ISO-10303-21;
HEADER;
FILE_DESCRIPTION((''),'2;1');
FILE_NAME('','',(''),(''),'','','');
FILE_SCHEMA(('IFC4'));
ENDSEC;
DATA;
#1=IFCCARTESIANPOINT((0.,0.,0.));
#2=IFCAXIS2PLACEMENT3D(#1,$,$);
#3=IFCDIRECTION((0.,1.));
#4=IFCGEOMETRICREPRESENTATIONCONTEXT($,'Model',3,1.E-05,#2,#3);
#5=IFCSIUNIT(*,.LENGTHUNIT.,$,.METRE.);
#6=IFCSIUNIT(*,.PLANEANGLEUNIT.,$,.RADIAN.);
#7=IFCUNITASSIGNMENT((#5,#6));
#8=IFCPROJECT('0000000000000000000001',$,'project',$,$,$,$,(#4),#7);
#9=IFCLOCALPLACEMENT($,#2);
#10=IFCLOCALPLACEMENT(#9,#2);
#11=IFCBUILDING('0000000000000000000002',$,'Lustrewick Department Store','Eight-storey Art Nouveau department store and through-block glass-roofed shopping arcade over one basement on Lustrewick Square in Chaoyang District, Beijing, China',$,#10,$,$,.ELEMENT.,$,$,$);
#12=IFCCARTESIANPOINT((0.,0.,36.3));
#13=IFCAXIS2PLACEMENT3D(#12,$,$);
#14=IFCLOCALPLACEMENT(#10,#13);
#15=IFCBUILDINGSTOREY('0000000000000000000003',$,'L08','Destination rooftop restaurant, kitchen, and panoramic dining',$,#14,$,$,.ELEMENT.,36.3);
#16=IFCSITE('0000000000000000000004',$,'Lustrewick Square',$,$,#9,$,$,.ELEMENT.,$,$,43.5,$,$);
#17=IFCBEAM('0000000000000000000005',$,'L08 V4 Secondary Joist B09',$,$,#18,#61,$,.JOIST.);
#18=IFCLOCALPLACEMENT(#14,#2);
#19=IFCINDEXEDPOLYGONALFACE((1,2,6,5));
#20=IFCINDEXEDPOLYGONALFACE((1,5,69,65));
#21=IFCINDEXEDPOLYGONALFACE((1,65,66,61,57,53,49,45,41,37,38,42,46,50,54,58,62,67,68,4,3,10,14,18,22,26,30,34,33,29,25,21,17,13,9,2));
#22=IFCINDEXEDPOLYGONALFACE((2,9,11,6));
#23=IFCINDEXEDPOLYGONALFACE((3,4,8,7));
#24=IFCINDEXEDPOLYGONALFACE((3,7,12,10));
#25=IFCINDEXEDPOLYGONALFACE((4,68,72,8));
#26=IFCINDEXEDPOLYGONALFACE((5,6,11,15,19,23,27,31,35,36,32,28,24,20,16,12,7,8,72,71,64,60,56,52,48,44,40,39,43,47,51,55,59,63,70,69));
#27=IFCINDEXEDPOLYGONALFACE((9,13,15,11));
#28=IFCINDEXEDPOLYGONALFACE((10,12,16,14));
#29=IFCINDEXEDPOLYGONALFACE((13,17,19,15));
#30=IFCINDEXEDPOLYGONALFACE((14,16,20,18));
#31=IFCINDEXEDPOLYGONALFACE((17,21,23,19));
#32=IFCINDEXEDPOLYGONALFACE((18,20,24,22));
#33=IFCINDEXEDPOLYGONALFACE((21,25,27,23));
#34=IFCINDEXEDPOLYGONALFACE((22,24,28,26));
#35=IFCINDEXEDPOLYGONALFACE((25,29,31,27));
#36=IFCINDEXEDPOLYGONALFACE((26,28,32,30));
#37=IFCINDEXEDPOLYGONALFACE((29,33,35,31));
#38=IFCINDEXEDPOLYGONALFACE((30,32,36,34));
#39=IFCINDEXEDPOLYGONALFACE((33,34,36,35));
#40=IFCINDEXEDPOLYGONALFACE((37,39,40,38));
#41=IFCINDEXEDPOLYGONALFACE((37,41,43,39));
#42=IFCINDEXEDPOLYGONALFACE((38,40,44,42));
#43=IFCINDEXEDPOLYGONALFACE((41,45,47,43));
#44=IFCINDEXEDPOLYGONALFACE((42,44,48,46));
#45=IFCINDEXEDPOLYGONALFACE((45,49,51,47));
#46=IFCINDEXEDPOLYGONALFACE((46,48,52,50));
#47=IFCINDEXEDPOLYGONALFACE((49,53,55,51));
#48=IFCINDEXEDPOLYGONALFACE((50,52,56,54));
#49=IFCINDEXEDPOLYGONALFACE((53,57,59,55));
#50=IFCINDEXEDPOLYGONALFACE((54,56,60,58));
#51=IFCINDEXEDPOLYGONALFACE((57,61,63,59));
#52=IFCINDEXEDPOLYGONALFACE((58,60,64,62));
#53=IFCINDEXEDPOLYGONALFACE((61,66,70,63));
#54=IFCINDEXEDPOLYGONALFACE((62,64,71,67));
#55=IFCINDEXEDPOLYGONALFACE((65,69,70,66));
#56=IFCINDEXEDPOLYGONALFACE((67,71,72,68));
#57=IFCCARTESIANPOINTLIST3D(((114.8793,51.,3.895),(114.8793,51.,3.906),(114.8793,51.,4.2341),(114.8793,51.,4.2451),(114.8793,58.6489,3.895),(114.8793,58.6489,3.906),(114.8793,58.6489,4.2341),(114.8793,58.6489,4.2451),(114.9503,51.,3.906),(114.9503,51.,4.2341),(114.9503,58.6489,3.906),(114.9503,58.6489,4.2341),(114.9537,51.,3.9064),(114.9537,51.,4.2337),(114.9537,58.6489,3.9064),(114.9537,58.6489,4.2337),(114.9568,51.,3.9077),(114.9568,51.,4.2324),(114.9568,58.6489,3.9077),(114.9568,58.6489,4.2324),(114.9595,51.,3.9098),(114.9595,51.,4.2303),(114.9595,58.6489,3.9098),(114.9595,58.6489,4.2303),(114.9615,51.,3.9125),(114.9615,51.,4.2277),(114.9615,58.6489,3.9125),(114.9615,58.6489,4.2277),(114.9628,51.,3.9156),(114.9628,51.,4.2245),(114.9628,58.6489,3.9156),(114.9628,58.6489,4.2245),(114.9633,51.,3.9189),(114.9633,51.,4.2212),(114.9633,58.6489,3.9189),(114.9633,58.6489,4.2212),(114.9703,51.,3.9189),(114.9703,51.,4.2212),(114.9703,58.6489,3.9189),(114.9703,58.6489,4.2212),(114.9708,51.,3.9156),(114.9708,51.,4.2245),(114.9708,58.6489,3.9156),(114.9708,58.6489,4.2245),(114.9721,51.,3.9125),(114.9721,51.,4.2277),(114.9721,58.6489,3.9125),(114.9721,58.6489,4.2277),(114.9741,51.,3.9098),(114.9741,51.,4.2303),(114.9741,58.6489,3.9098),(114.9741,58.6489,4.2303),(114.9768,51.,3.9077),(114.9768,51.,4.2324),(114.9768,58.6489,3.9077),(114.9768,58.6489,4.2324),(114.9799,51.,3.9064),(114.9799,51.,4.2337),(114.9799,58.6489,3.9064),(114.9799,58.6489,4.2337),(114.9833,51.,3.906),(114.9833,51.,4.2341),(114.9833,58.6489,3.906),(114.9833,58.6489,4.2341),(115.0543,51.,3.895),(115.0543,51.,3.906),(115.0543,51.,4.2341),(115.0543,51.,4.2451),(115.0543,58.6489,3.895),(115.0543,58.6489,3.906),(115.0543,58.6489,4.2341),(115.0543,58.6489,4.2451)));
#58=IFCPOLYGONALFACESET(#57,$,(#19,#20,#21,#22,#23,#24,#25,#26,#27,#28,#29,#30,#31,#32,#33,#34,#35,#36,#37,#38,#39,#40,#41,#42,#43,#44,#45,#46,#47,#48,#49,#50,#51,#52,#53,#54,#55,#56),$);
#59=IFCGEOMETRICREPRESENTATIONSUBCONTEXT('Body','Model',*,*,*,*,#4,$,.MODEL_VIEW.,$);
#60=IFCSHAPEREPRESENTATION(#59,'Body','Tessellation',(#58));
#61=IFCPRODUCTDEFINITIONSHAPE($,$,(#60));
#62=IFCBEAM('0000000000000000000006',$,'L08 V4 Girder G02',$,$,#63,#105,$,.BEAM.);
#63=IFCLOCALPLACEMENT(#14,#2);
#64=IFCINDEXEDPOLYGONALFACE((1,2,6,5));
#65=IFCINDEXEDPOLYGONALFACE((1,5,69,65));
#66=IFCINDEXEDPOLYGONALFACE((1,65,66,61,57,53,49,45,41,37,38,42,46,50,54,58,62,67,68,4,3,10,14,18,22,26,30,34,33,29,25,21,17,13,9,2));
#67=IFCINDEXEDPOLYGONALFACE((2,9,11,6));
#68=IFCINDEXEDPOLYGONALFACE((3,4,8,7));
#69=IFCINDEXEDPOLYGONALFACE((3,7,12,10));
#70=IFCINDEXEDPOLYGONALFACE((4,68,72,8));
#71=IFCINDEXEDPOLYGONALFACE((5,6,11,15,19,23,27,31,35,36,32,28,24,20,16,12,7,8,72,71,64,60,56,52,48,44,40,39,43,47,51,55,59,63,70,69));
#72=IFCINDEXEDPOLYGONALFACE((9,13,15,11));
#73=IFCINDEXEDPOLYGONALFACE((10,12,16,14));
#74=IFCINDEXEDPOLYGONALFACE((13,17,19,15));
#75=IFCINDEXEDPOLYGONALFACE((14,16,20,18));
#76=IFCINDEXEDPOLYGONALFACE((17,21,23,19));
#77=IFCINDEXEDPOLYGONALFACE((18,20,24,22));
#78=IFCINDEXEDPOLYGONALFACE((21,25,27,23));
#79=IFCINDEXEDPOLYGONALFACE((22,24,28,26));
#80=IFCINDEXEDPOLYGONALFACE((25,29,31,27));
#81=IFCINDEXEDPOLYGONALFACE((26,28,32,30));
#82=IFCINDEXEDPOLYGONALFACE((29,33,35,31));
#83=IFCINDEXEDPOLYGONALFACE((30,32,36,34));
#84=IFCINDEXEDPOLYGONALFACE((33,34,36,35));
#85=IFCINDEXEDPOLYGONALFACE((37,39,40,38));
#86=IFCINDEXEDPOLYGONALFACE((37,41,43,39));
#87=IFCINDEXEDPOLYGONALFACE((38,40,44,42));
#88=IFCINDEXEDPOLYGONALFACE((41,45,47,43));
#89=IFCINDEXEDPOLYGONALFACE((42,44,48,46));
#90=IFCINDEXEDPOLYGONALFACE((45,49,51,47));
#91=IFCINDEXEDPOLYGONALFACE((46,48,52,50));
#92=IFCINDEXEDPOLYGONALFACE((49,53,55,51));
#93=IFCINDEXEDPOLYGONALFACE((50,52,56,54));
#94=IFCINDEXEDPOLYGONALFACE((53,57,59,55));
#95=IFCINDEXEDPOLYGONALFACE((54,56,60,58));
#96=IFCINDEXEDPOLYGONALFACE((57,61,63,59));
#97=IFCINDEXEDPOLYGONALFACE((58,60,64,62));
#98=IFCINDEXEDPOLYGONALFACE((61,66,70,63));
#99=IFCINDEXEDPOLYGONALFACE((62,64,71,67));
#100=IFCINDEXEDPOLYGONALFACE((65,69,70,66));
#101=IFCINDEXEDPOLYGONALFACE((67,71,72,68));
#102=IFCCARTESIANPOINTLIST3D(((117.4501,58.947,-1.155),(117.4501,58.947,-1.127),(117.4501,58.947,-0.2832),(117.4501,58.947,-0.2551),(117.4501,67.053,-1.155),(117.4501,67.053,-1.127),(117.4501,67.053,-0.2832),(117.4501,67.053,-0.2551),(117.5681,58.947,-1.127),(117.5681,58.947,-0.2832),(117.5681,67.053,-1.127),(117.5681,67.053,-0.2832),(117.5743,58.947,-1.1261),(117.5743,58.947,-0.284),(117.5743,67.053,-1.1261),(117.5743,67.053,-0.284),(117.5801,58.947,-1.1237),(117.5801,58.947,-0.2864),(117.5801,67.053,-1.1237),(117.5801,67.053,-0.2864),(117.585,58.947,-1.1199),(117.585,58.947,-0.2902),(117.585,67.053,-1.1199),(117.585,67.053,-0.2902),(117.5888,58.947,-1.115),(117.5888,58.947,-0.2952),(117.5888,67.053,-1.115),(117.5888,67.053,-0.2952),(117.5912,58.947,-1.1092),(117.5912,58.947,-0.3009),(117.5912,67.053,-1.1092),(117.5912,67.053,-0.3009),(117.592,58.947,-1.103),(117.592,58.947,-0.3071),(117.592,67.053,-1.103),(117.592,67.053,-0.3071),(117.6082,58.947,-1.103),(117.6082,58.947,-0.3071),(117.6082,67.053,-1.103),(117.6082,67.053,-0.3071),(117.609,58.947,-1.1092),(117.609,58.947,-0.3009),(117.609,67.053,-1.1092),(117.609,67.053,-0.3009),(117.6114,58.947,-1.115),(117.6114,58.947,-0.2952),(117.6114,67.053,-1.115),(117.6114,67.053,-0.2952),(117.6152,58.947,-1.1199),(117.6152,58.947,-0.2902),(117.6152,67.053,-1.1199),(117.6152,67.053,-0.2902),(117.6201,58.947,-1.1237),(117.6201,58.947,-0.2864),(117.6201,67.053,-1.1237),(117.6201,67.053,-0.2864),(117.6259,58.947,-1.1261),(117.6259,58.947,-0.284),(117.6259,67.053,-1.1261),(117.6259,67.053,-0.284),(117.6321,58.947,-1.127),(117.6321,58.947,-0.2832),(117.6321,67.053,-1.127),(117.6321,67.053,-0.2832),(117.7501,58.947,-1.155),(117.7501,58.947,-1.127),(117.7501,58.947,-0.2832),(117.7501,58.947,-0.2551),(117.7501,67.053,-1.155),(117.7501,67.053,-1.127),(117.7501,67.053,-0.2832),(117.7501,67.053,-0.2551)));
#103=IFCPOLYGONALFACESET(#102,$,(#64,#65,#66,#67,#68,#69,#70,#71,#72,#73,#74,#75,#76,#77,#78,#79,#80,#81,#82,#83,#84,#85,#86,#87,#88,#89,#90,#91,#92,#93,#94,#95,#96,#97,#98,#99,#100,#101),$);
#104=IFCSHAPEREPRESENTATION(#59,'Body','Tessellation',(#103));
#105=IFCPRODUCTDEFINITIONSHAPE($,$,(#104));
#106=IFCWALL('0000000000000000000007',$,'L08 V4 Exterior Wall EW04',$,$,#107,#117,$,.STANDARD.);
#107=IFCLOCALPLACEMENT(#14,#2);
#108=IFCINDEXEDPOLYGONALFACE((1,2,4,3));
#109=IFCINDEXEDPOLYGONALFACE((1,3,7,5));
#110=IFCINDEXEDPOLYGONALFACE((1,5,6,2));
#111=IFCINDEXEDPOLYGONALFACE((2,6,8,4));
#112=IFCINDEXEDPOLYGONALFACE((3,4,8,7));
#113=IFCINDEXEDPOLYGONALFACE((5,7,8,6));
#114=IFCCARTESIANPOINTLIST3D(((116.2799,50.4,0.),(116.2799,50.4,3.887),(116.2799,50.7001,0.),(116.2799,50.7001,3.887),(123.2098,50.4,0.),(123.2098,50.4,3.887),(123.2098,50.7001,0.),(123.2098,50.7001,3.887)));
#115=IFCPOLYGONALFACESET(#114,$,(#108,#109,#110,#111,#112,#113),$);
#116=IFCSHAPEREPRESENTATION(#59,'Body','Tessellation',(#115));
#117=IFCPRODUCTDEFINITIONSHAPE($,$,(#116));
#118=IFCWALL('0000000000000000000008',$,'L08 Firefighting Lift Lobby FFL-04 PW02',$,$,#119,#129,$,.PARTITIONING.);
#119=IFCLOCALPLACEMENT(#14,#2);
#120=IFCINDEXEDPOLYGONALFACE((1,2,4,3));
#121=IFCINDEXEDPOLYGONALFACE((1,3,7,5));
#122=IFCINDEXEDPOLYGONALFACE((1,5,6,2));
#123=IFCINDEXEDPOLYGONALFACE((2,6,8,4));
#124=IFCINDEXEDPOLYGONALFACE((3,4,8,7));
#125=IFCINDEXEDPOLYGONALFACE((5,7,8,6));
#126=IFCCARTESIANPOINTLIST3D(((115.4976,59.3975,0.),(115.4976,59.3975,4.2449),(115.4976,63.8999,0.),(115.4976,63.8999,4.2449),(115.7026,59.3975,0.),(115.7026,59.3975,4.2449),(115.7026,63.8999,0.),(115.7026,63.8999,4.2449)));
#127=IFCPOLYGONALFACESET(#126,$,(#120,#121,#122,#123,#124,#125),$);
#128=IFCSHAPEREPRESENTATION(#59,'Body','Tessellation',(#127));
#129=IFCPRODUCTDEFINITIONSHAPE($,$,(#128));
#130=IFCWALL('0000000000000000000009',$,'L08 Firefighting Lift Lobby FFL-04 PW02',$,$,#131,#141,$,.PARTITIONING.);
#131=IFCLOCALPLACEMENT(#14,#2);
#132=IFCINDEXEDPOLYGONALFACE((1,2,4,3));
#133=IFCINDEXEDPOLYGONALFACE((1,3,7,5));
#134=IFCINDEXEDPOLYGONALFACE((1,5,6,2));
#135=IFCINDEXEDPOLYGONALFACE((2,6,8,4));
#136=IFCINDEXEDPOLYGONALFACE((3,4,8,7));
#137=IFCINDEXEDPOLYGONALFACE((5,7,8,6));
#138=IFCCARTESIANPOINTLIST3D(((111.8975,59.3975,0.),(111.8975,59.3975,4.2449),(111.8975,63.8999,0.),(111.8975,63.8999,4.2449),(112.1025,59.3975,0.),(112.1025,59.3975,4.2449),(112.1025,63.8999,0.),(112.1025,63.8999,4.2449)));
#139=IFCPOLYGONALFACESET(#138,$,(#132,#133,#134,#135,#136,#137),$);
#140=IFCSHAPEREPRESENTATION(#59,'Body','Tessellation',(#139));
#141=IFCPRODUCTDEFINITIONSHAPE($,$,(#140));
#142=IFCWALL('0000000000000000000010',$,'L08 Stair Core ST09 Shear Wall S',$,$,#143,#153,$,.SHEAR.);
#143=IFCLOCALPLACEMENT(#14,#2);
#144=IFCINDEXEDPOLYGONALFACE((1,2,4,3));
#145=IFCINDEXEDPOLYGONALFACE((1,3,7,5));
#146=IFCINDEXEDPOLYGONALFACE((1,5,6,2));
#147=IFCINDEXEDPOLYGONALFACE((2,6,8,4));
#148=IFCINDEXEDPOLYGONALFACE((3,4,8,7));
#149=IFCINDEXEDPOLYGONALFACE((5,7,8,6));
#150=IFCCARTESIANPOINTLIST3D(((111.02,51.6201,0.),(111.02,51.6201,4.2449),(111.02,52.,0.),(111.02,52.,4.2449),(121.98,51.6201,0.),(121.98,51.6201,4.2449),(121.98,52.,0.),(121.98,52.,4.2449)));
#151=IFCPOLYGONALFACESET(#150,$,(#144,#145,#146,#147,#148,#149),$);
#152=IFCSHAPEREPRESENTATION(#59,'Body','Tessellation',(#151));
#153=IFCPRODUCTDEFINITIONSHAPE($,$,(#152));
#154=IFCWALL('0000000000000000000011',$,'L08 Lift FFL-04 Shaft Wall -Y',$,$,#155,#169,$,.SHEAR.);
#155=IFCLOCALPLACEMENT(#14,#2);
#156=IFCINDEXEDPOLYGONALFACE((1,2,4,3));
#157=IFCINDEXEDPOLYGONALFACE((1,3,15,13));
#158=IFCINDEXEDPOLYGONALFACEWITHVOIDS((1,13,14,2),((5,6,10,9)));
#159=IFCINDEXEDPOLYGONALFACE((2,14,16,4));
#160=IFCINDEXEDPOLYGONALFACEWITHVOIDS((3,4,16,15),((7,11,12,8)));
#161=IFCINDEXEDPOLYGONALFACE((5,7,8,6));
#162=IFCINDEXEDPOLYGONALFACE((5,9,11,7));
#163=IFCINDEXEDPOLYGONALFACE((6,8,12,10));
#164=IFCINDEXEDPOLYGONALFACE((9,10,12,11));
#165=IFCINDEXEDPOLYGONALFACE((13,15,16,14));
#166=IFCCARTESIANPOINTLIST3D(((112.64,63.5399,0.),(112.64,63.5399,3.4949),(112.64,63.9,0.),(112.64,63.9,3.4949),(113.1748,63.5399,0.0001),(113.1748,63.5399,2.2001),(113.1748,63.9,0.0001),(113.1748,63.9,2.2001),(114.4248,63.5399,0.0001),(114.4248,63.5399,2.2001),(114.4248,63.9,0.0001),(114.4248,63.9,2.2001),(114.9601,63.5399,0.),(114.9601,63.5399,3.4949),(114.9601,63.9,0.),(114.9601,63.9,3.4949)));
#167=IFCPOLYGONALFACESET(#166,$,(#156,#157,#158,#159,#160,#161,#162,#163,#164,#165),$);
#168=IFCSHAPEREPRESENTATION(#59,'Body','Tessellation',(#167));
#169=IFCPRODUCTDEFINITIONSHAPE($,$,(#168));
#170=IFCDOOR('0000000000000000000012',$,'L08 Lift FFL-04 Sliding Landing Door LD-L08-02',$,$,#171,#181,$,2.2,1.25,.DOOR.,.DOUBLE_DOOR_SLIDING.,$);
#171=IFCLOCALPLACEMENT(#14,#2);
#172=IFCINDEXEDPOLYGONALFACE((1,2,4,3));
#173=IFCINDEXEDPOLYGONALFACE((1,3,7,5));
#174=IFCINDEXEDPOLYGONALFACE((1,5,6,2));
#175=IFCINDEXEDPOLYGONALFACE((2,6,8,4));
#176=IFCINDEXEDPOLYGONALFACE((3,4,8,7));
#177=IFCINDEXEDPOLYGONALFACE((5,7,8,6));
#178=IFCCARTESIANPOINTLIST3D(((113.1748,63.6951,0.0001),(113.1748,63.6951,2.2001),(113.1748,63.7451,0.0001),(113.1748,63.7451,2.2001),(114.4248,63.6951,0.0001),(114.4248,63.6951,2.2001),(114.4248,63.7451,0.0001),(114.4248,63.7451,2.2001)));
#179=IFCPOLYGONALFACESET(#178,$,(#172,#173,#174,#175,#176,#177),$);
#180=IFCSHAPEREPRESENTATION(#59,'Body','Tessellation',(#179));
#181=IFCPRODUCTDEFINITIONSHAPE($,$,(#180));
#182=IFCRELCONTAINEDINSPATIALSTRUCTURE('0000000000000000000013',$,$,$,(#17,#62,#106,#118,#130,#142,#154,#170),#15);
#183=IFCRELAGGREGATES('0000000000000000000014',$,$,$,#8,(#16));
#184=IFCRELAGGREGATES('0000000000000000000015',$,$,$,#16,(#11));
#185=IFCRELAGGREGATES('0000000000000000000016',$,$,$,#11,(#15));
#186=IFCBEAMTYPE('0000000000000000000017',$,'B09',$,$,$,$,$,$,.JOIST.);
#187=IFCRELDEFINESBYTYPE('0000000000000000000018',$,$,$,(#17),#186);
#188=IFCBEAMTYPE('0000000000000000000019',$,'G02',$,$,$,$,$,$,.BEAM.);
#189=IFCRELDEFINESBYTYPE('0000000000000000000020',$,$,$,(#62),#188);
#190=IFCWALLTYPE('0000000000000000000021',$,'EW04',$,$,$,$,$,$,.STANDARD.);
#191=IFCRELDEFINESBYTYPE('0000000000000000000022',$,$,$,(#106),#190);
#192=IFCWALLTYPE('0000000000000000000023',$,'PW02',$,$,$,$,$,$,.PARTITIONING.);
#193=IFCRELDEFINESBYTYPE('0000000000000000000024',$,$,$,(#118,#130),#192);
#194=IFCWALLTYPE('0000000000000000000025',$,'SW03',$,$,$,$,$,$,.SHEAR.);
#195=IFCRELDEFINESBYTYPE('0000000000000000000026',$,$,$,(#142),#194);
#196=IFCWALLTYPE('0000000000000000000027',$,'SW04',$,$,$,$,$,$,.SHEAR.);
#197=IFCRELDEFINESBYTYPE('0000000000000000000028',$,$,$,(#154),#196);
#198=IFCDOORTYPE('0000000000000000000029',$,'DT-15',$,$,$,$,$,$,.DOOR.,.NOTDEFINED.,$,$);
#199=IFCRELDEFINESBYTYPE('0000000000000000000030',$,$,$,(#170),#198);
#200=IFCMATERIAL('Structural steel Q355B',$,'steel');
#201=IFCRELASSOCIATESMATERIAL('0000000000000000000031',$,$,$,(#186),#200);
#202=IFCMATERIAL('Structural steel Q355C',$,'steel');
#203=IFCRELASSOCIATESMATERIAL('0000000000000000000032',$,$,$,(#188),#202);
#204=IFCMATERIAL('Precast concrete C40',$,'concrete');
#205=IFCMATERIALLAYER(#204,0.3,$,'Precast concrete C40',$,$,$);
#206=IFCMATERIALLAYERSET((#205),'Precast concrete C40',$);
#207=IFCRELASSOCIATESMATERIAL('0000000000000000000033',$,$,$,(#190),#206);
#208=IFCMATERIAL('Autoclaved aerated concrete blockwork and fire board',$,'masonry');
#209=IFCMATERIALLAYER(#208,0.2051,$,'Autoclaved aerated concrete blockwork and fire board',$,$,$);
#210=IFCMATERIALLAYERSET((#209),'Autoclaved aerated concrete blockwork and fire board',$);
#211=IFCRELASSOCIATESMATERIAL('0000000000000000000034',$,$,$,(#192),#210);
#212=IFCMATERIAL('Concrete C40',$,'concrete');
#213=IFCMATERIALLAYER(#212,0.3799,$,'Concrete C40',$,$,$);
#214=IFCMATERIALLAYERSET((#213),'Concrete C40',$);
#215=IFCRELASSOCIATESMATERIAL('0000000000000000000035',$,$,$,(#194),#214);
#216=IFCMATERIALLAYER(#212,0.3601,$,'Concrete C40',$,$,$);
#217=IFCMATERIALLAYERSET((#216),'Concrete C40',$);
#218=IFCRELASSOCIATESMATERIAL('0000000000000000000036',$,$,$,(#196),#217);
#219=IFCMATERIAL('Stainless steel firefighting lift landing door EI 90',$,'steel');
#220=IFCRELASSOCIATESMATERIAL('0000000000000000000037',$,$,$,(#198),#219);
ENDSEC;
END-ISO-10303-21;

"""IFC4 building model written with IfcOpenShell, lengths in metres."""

from ifc_helpers import new_model, si_unit, direction, frame, frame_2d, origin, origin_2d, place, context, subcontext, project, spatial, rectangle, i_section, extrude, material, layer, layer_set, material_profile, profile_set, type_object, element, fill, save


model = new_model("IFC4")

# Units and contexts
model_context = context("Model", 3, precision=1e-05, world=origin(), true_north=direction((0.0, 1.0)))
body_context = subcontext(model_context, "Body", "Model", "MODEL_VIEW")
ifc_project = project(units=[si_unit("LENGTHUNIT", "METRE"), si_unit("PLANEANGLEUNIT", "RADIAN")], contexts=[model_context])

# Site, building, storey
site_placement = place(None, origin())
site = spatial("IfcSite", under=ifc_project, at=site_placement, Name="Lustrewick Square", CompositionType="ELEMENT", RefElevation=43.5)
building_placement = place(site_placement, origin())
building = spatial("IfcBuilding", under=site, at=building_placement, Name="Lustrewick Department Store", Description="Eight-storey Art Nouveau department store and through-block glass-roofed shopping arcade over one basement on Lustrewick Square in Chaoyang District, Beijing, China", CompositionType="ELEMENT")
storey_placement = place(building_placement, frame((0.0, 0.0, 36.3)))
storey = spatial("IfcBuildingStorey", under=building, at=storey_placement, Name="L08", Description="Destination rooftop restaurant, kitchen, and panoramic dining", CompositionType="ELEMENT", Elevation=36.3)

# Shared definitions
ifc_material_1 = material(Name="Structural steel Q355B", Category="steel")

# Beams
ifc_material_profile_1 = material_profile(ifc_material_1, i_section(OverallWidth=0.175, OverallDepth=0.3501, WebThickness=0.0071, FlangeThickness=0.011, FilletRadius=0.0129, at=origin_2d()), Name="HN 350x175x7x11")
ifc_profile_set_1 = profile_set([ifc_material_profile_1], Name="Structural steel Q355B")
beam_type_1 = type_object("IfcBeamType", Name="B09", PredefinedType="JOIST", material=ifc_profile_set_1)
beam_1_placement = place(storey_placement, frame((114.9668, 51.0, 4.0701), z_axis=(0.0, 1.0, 0.0), x_axis=(-1.0, 0.0, 0.0)))
element("IfcBeam", 1, at=beam_1_placement, inside=storey, type_object=beam_type_1, Name="L08 V4 Secondary Joist B09", PredefinedType="JOIST", context=body_context, shape_type="SweptSolid", body=[
    extrude(i_section(OverallWidth=0.175, OverallDepth=0.3501, WebThickness=0.0071, FlangeThickness=0.011, FilletRadius=0.0129, at=origin_2d()), origin(), (0.0, 0.0, 1.0), 7.6489),
])
ifc_material_2 = material(Name="Structural steel Q355C", Category="steel")
ifc_material_profile_2 = material_profile(ifc_material_2, i_section(OverallWidth=0.3, OverallDepth=0.8999, WebThickness=0.0161, FlangeThickness=0.0281, FilletRadius=0.0239, at=origin_2d()), Name="HN 900x300x16x28")
ifc_profile_set_2 = profile_set([ifc_material_profile_2], Name="Structural steel Q355C")
beam_type_2 = type_object("IfcBeamType", Name="G02", PredefinedType="BEAM", material=ifc_profile_set_2)
beam_2_placement = place(storey_placement, frame((117.6001, 58.947, -0.7051), z_axis=(0.0, 1.0, 0.0), x_axis=(-1.0, 0.0, 0.0)))
element("IfcBeam", 2, at=beam_2_placement, inside=storey, type_object=beam_type_2, Name="L08 V4 Girder G02", PredefinedType="BEAM", context=body_context, shape_type="SweptSolid", body=[
    extrude(i_section(OverallWidth=0.3, OverallDepth=0.8999, WebThickness=0.0161, FlangeThickness=0.0281, FilletRadius=0.0239, at=origin_2d()), origin(), (0.0, 0.0, 1.0), 8.106),
])

# Wall
ifc_material_3 = material(Name="Precast concrete C40", Category="concrete")
ifc_layer_1 = layer(ifc_material_3, 0.3, Name="Precast concrete C40")
ifc_layer_set_1 = layer_set([ifc_layer_1], Name="Precast concrete C40")
wall_type_1 = type_object("IfcWallType", Name="EW04", PredefinedType="STANDARD", material=ifc_layer_set_1)
wall_1_placement = place(storey_placement, frame((116.28, 50.55, 0.0), z_axis=(0.0, 0.0, 1.0), x_axis=(1.0, 0.0, 0.0)))
element("IfcWall", 3, at=wall_1_placement, inside=storey, type_object=wall_type_1, Name="L08 V4 Exterior Wall EW04", PredefinedType="STANDARD", context=body_context, shape_type="SweptSolid", body=[
    extrude(rectangle(XDim=6.9299, YDim=0.3, at=frame_2d((3.4648, 0.0))), origin(), (0.0, 0.0, 1.0), 3.887),
])

# Shared definitions
ifc_material_4 = material(Name="Autoclaved aerated concrete blockwork and fire board", Category="masonry")
ifc_layer_2 = layer(ifc_material_4, 0.2051, Name="Autoclaved aerated concrete blockwork and fire board")
ifc_layer_set_2 = layer_set([ifc_layer_2], Name="Autoclaved aerated concrete blockwork and fire board")
wall_type_2 = type_object("IfcWallType", Name="PW02", PredefinedType="PARTITIONING", material=ifc_layer_set_2)

# Walls
for number, where, z_axis, x_axis, name in (
    (4, (115.6001, 59.3975, 0.0), (0.0, 0.0, 1.0), (0.0, 1.0, 0.0), "L08 Firefighting Lift Lobby FFL-04 PW02"),
    (5, (112.0, 63.8999, 0.0), (0.0, 0.0, 1.0), (0.0, -1.0, 0.0), "L08 Firefighting Lift Lobby FFL-04 PW02"),
):
    element("IfcWall", number, at=place(storey_placement, frame(where, z_axis=z_axis, x_axis=x_axis)), inside=storey, type_object=wall_type_2, Name=name, PredefinedType="PARTITIONING", context=body_context, shape_type="SweptSolid", body=[
        extrude(rectangle(XDim=4.5024, YDim=0.2051, at=frame_2d((2.2512, 0.0))), origin(), (0.0, 0.0, 1.0), 4.2449),
    ])
ifc_material_5 = material(Name="Concrete C40", Category="concrete")
ifc_layer_3 = layer(ifc_material_5, 0.3799, Name="Concrete C40")
ifc_layer_set_3 = layer_set([ifc_layer_3], Name="Concrete C40")
wall_type_3 = type_object("IfcWallType", Name="SW03", PredefinedType="SHEAR", material=ifc_layer_set_3)
wall_2_placement = place(storey_placement, frame((111.02, 51.8101, 0.0), z_axis=(0.0, 0.0, 1.0), x_axis=(1.0, 0.0, 0.0)))
element("IfcWall", 6, at=wall_2_placement, inside=storey, type_object=wall_type_3, Name="L08 Stair Core ST09 Shear Wall S", PredefinedType="SHEAR", context=body_context, shape_type="SweptSolid", body=[
    extrude(rectangle(XDim=10.96, YDim=0.3799, at=frame_2d((5.48, 0.0))), origin(), (0.0, 0.0, 1.0), 4.2449),
])

# Wall, opening, door
ifc_layer_4 = layer(ifc_material_5, 0.3601, Name="Concrete C40")
ifc_layer_set_4 = layer_set([ifc_layer_4], Name="Concrete C40")
wall_type_4 = type_object("IfcWallType", Name="SW04", PredefinedType="SHEAR", material=ifc_layer_set_4)
wall_3_placement = place(storey_placement, frame((112.6399, 63.72, 0.0), z_axis=(0.0, 0.0, 1.0), x_axis=(1.0, 0.0, 0.0)))
wall_3 = element("IfcWall", 7, at=wall_3_placement, inside=storey, type_object=wall_type_4, Name="L08 Lift FFL-04 Shaft Wall -Y", PredefinedType="SHEAR", context=body_context, shape_type="SweptSolid", body=[
    extrude(rectangle(XDim=2.3201, YDim=0.3601, at=frame_2d((1.1602, 0.0))), origin(), (0.0, 0.0, 1.0), 3.4949),
])
opening_1_placement = place(wall_3_placement, frame((0.5349, 0.0, 0.0)))
opening_1 = element("IfcOpeningElement", 8, at=opening_1_placement, cuts=wall_3, PredefinedType="OPENING", context=body_context, shape_type="SweptSolid", body=[
    extrude(rectangle(XDim=1.25, YDim=2.2, at=frame_2d((0.625, 1.1001))), frame((0.0, 0.1899, 0.0), z_axis=(0.0, -1.0, 0.0), x_axis=(1.0, 0.0, 0.0)), (0.0, 0.0, 1.0), 0.3801),
])
ifc_material_6 = material(Name="Stainless steel firefighting lift landing door EI 90", Category="steel")
door_type_1 = type_object("IfcDoorType", Name="DT-15", OperationType="NOTDEFINED", PredefinedType="DOOR", material=ifc_material_6)
door_1_placement = place(opening_1_placement, frame((1.25, 0.0, 0.0), z_axis=(0.0, 0.0, 1.0), x_axis=(-1.0, 0.0, 0.0)))
door_1 = element("IfcDoor", 9, at=door_1_placement, inside=storey, type_object=door_type_1, Name="L08 Lift FFL-04 Sliding Landing Door LD-L08-02", OperationType="DOUBLE_DOOR_SLIDING", OverallHeight=2.2, OverallWidth=1.25, PredefinedType="DOOR", context=body_context, shape_type="SweptSolid", body=[
    extrude(rectangle(XDim=1.25, YDim=2.2, at=frame_2d((0.625, 1.1001))), frame((0.0, 0.0249, 0.0), z_axis=(0.0, -1.0, 0.0), x_axis=(1.0, 0.0, 0.0)), (0.0, 0.0, 1.0), 0.05),
])
fill(opening_1, door_1)

save(model, "model.ifc")
